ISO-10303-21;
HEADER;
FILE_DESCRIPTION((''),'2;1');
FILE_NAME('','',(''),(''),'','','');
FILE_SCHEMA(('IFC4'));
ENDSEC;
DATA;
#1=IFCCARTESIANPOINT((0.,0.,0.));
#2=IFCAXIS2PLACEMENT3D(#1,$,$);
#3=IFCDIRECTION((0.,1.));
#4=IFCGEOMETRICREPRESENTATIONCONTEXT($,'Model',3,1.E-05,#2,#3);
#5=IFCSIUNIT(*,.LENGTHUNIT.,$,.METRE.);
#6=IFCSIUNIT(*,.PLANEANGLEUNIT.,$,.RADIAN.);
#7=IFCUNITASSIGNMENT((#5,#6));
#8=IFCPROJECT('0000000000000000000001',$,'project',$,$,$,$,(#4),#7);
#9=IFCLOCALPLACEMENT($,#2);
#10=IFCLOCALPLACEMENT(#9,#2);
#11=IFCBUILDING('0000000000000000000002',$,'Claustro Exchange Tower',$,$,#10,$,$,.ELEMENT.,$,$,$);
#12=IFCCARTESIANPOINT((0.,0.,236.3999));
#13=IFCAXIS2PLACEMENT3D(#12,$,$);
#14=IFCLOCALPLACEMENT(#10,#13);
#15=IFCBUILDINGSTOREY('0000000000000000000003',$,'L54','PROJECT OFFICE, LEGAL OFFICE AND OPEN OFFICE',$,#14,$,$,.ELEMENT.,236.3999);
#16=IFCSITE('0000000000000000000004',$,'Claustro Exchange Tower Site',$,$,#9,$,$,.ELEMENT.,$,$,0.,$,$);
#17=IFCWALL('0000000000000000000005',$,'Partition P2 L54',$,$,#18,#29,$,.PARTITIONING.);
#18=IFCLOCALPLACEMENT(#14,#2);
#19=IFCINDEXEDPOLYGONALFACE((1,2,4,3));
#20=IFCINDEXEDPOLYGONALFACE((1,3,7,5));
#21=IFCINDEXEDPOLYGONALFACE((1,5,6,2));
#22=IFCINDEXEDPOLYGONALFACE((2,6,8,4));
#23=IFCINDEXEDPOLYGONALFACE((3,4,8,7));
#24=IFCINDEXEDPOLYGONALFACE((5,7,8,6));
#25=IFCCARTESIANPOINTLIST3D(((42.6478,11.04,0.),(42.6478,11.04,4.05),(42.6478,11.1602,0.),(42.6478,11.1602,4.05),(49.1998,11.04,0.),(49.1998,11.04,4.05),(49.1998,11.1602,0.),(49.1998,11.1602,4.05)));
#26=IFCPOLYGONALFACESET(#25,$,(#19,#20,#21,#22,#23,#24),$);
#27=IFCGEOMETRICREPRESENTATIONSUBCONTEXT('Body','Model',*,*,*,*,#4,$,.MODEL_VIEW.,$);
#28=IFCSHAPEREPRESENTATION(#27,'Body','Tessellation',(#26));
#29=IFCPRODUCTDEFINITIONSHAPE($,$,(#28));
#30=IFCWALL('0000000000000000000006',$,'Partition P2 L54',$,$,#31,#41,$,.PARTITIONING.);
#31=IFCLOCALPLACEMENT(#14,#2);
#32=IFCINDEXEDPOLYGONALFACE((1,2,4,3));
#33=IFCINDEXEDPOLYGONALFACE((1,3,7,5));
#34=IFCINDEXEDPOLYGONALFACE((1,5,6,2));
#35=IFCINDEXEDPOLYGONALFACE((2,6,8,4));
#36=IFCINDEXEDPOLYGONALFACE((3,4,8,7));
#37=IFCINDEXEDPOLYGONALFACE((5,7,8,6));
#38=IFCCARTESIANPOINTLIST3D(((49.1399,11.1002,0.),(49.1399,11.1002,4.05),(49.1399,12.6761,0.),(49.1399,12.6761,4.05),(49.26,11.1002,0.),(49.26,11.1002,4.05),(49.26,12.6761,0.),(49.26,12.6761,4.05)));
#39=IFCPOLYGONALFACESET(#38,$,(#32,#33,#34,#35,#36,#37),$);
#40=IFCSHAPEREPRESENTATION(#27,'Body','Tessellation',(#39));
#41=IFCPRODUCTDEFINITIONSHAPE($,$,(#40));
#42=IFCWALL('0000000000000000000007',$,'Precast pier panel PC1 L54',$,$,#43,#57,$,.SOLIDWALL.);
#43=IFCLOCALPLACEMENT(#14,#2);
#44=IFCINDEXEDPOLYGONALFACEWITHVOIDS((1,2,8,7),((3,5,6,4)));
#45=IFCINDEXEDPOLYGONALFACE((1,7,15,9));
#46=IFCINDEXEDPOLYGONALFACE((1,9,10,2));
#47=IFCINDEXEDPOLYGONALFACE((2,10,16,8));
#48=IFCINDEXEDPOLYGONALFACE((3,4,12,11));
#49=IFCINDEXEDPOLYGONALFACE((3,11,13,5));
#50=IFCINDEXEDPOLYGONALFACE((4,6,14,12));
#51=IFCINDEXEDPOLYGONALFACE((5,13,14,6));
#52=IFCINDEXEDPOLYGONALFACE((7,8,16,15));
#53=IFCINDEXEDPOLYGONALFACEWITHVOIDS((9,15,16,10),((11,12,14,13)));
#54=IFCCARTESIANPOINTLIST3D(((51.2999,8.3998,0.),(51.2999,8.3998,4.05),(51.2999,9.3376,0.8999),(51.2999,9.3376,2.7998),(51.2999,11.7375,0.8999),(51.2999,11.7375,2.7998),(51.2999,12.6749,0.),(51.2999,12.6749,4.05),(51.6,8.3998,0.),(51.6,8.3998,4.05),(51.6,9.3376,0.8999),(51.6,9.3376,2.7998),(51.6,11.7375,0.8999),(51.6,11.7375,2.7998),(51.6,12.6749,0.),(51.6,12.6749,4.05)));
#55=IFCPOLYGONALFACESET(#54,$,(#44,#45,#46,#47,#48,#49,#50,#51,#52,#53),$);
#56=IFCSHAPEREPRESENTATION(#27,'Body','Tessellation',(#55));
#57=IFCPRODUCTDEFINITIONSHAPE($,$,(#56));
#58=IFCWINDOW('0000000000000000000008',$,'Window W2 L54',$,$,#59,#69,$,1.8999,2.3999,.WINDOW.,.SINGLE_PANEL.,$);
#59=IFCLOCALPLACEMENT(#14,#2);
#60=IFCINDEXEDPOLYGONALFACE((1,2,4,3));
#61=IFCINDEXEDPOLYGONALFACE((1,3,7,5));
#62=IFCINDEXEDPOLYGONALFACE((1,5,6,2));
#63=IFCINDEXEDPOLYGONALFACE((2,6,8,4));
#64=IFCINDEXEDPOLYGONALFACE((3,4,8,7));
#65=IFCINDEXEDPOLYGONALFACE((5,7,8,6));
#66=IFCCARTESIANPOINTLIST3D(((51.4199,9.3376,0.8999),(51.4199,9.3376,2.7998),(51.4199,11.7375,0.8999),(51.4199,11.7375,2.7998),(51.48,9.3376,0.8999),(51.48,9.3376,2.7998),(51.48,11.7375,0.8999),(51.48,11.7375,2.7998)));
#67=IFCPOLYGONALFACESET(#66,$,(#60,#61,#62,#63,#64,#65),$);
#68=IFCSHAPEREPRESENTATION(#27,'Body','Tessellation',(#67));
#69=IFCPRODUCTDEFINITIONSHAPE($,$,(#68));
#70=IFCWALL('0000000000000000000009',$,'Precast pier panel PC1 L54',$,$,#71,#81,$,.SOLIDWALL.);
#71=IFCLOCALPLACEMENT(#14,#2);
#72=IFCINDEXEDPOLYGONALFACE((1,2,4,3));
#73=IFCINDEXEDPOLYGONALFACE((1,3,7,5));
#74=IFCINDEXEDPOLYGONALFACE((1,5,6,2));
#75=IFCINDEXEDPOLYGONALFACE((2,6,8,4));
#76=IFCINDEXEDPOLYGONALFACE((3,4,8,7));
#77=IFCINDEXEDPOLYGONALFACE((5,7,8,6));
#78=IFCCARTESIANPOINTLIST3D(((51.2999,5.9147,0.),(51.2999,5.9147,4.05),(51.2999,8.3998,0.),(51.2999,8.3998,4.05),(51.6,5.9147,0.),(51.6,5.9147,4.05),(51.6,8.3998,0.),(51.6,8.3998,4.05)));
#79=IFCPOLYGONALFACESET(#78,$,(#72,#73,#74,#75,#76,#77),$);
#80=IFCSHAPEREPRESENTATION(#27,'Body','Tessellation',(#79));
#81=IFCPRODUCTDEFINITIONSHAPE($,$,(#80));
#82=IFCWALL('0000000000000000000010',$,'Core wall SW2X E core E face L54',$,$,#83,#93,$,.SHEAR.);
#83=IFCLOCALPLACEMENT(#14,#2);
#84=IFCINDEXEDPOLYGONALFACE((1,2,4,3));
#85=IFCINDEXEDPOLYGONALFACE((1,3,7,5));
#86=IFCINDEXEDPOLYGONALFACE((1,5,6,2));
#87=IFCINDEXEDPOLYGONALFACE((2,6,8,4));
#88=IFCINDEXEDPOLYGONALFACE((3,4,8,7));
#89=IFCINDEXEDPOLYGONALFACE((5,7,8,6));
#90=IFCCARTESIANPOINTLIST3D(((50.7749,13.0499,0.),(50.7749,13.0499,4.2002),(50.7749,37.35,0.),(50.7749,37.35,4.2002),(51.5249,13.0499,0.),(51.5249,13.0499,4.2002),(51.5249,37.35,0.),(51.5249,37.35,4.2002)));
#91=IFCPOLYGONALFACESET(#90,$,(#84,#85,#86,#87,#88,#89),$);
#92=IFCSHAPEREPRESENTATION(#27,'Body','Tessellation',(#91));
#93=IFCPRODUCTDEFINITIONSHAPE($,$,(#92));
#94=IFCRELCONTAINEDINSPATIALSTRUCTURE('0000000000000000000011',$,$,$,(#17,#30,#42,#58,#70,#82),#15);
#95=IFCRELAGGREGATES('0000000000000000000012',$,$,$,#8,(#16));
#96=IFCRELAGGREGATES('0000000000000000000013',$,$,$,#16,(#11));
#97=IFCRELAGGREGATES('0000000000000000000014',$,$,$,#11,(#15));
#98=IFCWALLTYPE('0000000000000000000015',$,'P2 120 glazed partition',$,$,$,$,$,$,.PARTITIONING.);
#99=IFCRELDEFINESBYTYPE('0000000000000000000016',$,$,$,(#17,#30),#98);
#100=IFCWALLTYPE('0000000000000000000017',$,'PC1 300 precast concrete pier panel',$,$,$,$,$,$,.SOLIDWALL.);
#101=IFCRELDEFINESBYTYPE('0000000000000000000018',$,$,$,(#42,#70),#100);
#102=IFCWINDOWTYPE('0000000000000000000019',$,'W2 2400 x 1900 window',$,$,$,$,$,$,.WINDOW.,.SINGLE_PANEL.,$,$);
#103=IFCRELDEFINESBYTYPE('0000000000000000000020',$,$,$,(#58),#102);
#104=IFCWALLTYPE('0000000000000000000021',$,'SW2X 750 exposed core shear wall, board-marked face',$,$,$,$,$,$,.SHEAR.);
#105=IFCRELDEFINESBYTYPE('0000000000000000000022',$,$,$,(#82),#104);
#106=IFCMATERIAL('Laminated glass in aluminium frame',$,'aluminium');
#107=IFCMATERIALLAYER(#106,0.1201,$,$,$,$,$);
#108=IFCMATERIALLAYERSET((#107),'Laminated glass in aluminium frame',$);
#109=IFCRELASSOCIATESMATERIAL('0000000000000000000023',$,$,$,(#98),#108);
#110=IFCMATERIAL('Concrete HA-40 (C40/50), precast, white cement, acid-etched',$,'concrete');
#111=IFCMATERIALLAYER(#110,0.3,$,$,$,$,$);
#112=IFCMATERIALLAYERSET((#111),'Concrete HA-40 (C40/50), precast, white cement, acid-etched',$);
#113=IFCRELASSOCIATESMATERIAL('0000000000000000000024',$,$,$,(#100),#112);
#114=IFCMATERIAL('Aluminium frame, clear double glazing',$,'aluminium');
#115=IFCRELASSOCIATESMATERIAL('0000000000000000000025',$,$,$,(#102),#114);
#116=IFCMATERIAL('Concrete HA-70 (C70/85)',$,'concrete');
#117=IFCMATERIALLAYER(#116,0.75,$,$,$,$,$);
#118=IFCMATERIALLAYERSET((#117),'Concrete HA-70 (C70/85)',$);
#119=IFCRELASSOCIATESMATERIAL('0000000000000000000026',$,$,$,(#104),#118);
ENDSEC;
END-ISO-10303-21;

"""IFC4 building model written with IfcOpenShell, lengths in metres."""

from ifc_helpers import new_model, si_unit, direction, frame, frame_2d, origin, place, context, subcontext, project, spatial, rectangle, extrude, material, layer, layer_set, type_object, element, fill, save


model = new_model("IFC4")

# Units and contexts
model_context = context("Model", 3, precision=1e-05, world=origin(), true_north=direction((0.0, 1.0)))
body_context = subcontext(model_context, "Body", "Model", "MODEL_VIEW")
ifc_project = project(units=[si_unit("LENGTHUNIT", "METRE"), si_unit("PLANEANGLEUNIT", "RADIAN")], contexts=[model_context])

# Site, building, storey
site_placement = place(None, origin())
site = spatial("IfcSite", under=ifc_project, at=site_placement, Name="Claustro Exchange Tower Site", CompositionType="ELEMENT", RefElevation=0.0)
building_placement = place(site_placement, origin())
building = spatial("IfcBuilding", under=site, at=building_placement, Name="Claustro Exchange Tower", CompositionType="ELEMENT")
storey_placement = place(building_placement, frame((0.0, 0.0, 236.3999)))
storey = spatial("IfcBuildingStorey", under=building, at=storey_placement, Name="L54", Description="PROJECT OFFICE, LEGAL OFFICE AND OPEN OFFICE", CompositionType="ELEMENT", Elevation=236.3999)

# Shared definitions
ifc_material_1 = material(Name="Laminated glass in aluminium frame", Category="aluminium")
ifc_layer_1 = layer(ifc_material_1, 0.1201)
ifc_layer_set_1 = layer_set([ifc_layer_1], Name="Laminated glass in aluminium frame")
wall_type_1 = type_object("IfcWallType", Name="P2 120 glazed partition", PredefinedType="PARTITIONING", material=ifc_layer_set_1)

# Walls
wall_1_placement = place(storey_placement, frame((42.6479, 11.1001, 0.0), z_axis=(0.0, 0.0, 1.0), x_axis=(1.0, 0.0, 0.0)))
element("IfcWall", 1, at=wall_1_placement, inside=storey, type_object=wall_type_1, Name="Partition P2 L54", PredefinedType="PARTITIONING", context=body_context, shape_type="SweptSolid", body=[
    extrude(rectangle(XDim=6.552, YDim=0.1201, at=frame_2d((3.2759, 0.0))), origin(), (0.0, 0.0, 1.0), 4.05),
])
wall_2_placement = place(storey_placement, frame((49.2, 11.1001, 0.0), z_axis=(0.0, 0.0, 1.0), x_axis=(0.0, 1.0, 0.0)))
element("IfcWall", 2, at=wall_2_placement, inside=storey, type_object=wall_type_1, Name="Partition P2 L54", PredefinedType="PARTITIONING", context=body_context, shape_type="SweptSolid", body=[
    extrude(rectangle(XDim=1.5759, YDim=0.1201, at=frame_2d((0.7881, 0.0))), origin(), (0.0, 0.0, 1.0), 4.05),
])

# Wall, opening, window
ifc_material_2 = material(Name="Concrete HA-40 (C40/50), precast, white cement, acid-etched", Category="concrete")
ifc_layer_2 = layer(ifc_material_2, 0.3)
ifc_layer_set_2 = layer_set([ifc_layer_2], Name="Concrete HA-40 (C40/50), precast, white cement, acid-etched")
wall_type_2 = type_object("IfcWallType", Name="PC1 300 precast concrete pier panel", PredefinedType="SOLIDWALL", material=ifc_layer_set_2)
wall_3_placement = place(storey_placement, frame((51.45, 12.675, 0.0), z_axis=(0.0, 0.0, 1.0), x_axis=(0.0, -1.0, 0.0)))
wall_3 = element("IfcWall", 3, at=wall_3_placement, inside=storey, type_object=wall_type_2, Name="Precast pier panel PC1 L54", PredefinedType="SOLIDWALL", context=body_context, shape_type="SweptSolid", body=[
    extrude(rectangle(XDim=4.2751, YDim=0.3, at=frame_2d((2.1377, 0.0))), origin(), (0.0, 0.0, 1.0), 4.05),
])
opening_1_placement = place(wall_3_placement, frame((0.9375, 0.0, 0.8999)))
opening_1 = element("IfcOpeningElement", 4, at=opening_1_placement, cuts=wall_3, PredefinedType="OPENING", context=body_context, shape_type="SweptSolid", body=[
    extrude(rectangle(XDim=2.3999, YDim=1.8999, at=frame_2d((1.2, 0.95))), frame((0.0, 0.1599, 0.0), z_axis=(0.0, -1.0, 0.0), x_axis=(1.0, 0.0, 0.0)), (0.0, 0.0, 1.0), 0.3201),
])
ifc_material_3 = material(Name="Aluminium frame, clear double glazing", Category="aluminium")
window_type = type_object("IfcWindowType", Name="W2 2400 x 1900 window", PartitioningType="SINGLE_PANEL", PredefinedType="WINDOW", material=ifc_material_3)
window_placement = place(opening_1_placement, origin())
window = element("IfcWindow", 5, at=window_placement, inside=storey, type_object=window_type, Name="Window W2 L54", OverallHeight=1.8999, OverallWidth=2.3999, PartitioningType="SINGLE_PANEL", PredefinedType="WINDOW", context=body_context, shape_type="SweptSolid", body=[
    extrude(rectangle(XDim=2.3999, YDim=1.8999, at=frame_2d((1.2, 0.95))), frame((0.0, 0.03, 0.0), z_axis=(0.0, -1.0, 0.0), x_axis=(1.0, 0.0, 0.0)), (0.0, 0.0, 1.0), 0.0601),
])
fill(opening_1, window)

# Walls
wall_4_placement = place(storey_placement, frame((51.45, 8.3999, 0.0), z_axis=(0.0, 0.0, 1.0), x_axis=(0.0, -1.0, 0.0)))
element("IfcWall", 6, at=wall_4_placement, inside=storey, type_object=wall_type_2, Name="Precast pier panel PC1 L54", PredefinedType="SOLIDWALL", context=body_context, shape_type="SweptSolid", body=[
    extrude(rectangle(XDim=2.4851, YDim=0.3, at=frame_2d((1.2427, 0.0))), origin(), (0.0, 0.0, 1.0), 4.05),
])
ifc_material_4 = material(Name="Concrete HA-70 (C70/85)", Category="concrete")
ifc_layer_3 = layer(ifc_material_4, 0.75)
ifc_layer_set_3 = layer_set([ifc_layer_3], Name="Concrete HA-70 (C70/85)")
wall_type_3 = type_object("IfcWallType", Name="SW2X 750 exposed core shear wall, board-marked face", PredefinedType="SHEAR", material=ifc_layer_set_3)
wall_5_placement = place(storey_placement, frame((51.1499, 13.05, 0.0), z_axis=(0.0, 0.0, 1.0), x_axis=(0.0, 1.0, 0.0)))
element("IfcWall", 7, at=wall_5_placement, inside=storey, type_object=wall_type_3, Name="Core wall SW2X E core E face L54", PredefinedType="SHEAR", context=body_context, shape_type="SweptSolid", body=[
    extrude(rectangle(XDim=24.3, YDim=0.75, at=frame_2d((12.1499, 0.0))), origin(), (0.0, 0.0, 1.0), 4.2002),
])

save(model, "model.ifc")
